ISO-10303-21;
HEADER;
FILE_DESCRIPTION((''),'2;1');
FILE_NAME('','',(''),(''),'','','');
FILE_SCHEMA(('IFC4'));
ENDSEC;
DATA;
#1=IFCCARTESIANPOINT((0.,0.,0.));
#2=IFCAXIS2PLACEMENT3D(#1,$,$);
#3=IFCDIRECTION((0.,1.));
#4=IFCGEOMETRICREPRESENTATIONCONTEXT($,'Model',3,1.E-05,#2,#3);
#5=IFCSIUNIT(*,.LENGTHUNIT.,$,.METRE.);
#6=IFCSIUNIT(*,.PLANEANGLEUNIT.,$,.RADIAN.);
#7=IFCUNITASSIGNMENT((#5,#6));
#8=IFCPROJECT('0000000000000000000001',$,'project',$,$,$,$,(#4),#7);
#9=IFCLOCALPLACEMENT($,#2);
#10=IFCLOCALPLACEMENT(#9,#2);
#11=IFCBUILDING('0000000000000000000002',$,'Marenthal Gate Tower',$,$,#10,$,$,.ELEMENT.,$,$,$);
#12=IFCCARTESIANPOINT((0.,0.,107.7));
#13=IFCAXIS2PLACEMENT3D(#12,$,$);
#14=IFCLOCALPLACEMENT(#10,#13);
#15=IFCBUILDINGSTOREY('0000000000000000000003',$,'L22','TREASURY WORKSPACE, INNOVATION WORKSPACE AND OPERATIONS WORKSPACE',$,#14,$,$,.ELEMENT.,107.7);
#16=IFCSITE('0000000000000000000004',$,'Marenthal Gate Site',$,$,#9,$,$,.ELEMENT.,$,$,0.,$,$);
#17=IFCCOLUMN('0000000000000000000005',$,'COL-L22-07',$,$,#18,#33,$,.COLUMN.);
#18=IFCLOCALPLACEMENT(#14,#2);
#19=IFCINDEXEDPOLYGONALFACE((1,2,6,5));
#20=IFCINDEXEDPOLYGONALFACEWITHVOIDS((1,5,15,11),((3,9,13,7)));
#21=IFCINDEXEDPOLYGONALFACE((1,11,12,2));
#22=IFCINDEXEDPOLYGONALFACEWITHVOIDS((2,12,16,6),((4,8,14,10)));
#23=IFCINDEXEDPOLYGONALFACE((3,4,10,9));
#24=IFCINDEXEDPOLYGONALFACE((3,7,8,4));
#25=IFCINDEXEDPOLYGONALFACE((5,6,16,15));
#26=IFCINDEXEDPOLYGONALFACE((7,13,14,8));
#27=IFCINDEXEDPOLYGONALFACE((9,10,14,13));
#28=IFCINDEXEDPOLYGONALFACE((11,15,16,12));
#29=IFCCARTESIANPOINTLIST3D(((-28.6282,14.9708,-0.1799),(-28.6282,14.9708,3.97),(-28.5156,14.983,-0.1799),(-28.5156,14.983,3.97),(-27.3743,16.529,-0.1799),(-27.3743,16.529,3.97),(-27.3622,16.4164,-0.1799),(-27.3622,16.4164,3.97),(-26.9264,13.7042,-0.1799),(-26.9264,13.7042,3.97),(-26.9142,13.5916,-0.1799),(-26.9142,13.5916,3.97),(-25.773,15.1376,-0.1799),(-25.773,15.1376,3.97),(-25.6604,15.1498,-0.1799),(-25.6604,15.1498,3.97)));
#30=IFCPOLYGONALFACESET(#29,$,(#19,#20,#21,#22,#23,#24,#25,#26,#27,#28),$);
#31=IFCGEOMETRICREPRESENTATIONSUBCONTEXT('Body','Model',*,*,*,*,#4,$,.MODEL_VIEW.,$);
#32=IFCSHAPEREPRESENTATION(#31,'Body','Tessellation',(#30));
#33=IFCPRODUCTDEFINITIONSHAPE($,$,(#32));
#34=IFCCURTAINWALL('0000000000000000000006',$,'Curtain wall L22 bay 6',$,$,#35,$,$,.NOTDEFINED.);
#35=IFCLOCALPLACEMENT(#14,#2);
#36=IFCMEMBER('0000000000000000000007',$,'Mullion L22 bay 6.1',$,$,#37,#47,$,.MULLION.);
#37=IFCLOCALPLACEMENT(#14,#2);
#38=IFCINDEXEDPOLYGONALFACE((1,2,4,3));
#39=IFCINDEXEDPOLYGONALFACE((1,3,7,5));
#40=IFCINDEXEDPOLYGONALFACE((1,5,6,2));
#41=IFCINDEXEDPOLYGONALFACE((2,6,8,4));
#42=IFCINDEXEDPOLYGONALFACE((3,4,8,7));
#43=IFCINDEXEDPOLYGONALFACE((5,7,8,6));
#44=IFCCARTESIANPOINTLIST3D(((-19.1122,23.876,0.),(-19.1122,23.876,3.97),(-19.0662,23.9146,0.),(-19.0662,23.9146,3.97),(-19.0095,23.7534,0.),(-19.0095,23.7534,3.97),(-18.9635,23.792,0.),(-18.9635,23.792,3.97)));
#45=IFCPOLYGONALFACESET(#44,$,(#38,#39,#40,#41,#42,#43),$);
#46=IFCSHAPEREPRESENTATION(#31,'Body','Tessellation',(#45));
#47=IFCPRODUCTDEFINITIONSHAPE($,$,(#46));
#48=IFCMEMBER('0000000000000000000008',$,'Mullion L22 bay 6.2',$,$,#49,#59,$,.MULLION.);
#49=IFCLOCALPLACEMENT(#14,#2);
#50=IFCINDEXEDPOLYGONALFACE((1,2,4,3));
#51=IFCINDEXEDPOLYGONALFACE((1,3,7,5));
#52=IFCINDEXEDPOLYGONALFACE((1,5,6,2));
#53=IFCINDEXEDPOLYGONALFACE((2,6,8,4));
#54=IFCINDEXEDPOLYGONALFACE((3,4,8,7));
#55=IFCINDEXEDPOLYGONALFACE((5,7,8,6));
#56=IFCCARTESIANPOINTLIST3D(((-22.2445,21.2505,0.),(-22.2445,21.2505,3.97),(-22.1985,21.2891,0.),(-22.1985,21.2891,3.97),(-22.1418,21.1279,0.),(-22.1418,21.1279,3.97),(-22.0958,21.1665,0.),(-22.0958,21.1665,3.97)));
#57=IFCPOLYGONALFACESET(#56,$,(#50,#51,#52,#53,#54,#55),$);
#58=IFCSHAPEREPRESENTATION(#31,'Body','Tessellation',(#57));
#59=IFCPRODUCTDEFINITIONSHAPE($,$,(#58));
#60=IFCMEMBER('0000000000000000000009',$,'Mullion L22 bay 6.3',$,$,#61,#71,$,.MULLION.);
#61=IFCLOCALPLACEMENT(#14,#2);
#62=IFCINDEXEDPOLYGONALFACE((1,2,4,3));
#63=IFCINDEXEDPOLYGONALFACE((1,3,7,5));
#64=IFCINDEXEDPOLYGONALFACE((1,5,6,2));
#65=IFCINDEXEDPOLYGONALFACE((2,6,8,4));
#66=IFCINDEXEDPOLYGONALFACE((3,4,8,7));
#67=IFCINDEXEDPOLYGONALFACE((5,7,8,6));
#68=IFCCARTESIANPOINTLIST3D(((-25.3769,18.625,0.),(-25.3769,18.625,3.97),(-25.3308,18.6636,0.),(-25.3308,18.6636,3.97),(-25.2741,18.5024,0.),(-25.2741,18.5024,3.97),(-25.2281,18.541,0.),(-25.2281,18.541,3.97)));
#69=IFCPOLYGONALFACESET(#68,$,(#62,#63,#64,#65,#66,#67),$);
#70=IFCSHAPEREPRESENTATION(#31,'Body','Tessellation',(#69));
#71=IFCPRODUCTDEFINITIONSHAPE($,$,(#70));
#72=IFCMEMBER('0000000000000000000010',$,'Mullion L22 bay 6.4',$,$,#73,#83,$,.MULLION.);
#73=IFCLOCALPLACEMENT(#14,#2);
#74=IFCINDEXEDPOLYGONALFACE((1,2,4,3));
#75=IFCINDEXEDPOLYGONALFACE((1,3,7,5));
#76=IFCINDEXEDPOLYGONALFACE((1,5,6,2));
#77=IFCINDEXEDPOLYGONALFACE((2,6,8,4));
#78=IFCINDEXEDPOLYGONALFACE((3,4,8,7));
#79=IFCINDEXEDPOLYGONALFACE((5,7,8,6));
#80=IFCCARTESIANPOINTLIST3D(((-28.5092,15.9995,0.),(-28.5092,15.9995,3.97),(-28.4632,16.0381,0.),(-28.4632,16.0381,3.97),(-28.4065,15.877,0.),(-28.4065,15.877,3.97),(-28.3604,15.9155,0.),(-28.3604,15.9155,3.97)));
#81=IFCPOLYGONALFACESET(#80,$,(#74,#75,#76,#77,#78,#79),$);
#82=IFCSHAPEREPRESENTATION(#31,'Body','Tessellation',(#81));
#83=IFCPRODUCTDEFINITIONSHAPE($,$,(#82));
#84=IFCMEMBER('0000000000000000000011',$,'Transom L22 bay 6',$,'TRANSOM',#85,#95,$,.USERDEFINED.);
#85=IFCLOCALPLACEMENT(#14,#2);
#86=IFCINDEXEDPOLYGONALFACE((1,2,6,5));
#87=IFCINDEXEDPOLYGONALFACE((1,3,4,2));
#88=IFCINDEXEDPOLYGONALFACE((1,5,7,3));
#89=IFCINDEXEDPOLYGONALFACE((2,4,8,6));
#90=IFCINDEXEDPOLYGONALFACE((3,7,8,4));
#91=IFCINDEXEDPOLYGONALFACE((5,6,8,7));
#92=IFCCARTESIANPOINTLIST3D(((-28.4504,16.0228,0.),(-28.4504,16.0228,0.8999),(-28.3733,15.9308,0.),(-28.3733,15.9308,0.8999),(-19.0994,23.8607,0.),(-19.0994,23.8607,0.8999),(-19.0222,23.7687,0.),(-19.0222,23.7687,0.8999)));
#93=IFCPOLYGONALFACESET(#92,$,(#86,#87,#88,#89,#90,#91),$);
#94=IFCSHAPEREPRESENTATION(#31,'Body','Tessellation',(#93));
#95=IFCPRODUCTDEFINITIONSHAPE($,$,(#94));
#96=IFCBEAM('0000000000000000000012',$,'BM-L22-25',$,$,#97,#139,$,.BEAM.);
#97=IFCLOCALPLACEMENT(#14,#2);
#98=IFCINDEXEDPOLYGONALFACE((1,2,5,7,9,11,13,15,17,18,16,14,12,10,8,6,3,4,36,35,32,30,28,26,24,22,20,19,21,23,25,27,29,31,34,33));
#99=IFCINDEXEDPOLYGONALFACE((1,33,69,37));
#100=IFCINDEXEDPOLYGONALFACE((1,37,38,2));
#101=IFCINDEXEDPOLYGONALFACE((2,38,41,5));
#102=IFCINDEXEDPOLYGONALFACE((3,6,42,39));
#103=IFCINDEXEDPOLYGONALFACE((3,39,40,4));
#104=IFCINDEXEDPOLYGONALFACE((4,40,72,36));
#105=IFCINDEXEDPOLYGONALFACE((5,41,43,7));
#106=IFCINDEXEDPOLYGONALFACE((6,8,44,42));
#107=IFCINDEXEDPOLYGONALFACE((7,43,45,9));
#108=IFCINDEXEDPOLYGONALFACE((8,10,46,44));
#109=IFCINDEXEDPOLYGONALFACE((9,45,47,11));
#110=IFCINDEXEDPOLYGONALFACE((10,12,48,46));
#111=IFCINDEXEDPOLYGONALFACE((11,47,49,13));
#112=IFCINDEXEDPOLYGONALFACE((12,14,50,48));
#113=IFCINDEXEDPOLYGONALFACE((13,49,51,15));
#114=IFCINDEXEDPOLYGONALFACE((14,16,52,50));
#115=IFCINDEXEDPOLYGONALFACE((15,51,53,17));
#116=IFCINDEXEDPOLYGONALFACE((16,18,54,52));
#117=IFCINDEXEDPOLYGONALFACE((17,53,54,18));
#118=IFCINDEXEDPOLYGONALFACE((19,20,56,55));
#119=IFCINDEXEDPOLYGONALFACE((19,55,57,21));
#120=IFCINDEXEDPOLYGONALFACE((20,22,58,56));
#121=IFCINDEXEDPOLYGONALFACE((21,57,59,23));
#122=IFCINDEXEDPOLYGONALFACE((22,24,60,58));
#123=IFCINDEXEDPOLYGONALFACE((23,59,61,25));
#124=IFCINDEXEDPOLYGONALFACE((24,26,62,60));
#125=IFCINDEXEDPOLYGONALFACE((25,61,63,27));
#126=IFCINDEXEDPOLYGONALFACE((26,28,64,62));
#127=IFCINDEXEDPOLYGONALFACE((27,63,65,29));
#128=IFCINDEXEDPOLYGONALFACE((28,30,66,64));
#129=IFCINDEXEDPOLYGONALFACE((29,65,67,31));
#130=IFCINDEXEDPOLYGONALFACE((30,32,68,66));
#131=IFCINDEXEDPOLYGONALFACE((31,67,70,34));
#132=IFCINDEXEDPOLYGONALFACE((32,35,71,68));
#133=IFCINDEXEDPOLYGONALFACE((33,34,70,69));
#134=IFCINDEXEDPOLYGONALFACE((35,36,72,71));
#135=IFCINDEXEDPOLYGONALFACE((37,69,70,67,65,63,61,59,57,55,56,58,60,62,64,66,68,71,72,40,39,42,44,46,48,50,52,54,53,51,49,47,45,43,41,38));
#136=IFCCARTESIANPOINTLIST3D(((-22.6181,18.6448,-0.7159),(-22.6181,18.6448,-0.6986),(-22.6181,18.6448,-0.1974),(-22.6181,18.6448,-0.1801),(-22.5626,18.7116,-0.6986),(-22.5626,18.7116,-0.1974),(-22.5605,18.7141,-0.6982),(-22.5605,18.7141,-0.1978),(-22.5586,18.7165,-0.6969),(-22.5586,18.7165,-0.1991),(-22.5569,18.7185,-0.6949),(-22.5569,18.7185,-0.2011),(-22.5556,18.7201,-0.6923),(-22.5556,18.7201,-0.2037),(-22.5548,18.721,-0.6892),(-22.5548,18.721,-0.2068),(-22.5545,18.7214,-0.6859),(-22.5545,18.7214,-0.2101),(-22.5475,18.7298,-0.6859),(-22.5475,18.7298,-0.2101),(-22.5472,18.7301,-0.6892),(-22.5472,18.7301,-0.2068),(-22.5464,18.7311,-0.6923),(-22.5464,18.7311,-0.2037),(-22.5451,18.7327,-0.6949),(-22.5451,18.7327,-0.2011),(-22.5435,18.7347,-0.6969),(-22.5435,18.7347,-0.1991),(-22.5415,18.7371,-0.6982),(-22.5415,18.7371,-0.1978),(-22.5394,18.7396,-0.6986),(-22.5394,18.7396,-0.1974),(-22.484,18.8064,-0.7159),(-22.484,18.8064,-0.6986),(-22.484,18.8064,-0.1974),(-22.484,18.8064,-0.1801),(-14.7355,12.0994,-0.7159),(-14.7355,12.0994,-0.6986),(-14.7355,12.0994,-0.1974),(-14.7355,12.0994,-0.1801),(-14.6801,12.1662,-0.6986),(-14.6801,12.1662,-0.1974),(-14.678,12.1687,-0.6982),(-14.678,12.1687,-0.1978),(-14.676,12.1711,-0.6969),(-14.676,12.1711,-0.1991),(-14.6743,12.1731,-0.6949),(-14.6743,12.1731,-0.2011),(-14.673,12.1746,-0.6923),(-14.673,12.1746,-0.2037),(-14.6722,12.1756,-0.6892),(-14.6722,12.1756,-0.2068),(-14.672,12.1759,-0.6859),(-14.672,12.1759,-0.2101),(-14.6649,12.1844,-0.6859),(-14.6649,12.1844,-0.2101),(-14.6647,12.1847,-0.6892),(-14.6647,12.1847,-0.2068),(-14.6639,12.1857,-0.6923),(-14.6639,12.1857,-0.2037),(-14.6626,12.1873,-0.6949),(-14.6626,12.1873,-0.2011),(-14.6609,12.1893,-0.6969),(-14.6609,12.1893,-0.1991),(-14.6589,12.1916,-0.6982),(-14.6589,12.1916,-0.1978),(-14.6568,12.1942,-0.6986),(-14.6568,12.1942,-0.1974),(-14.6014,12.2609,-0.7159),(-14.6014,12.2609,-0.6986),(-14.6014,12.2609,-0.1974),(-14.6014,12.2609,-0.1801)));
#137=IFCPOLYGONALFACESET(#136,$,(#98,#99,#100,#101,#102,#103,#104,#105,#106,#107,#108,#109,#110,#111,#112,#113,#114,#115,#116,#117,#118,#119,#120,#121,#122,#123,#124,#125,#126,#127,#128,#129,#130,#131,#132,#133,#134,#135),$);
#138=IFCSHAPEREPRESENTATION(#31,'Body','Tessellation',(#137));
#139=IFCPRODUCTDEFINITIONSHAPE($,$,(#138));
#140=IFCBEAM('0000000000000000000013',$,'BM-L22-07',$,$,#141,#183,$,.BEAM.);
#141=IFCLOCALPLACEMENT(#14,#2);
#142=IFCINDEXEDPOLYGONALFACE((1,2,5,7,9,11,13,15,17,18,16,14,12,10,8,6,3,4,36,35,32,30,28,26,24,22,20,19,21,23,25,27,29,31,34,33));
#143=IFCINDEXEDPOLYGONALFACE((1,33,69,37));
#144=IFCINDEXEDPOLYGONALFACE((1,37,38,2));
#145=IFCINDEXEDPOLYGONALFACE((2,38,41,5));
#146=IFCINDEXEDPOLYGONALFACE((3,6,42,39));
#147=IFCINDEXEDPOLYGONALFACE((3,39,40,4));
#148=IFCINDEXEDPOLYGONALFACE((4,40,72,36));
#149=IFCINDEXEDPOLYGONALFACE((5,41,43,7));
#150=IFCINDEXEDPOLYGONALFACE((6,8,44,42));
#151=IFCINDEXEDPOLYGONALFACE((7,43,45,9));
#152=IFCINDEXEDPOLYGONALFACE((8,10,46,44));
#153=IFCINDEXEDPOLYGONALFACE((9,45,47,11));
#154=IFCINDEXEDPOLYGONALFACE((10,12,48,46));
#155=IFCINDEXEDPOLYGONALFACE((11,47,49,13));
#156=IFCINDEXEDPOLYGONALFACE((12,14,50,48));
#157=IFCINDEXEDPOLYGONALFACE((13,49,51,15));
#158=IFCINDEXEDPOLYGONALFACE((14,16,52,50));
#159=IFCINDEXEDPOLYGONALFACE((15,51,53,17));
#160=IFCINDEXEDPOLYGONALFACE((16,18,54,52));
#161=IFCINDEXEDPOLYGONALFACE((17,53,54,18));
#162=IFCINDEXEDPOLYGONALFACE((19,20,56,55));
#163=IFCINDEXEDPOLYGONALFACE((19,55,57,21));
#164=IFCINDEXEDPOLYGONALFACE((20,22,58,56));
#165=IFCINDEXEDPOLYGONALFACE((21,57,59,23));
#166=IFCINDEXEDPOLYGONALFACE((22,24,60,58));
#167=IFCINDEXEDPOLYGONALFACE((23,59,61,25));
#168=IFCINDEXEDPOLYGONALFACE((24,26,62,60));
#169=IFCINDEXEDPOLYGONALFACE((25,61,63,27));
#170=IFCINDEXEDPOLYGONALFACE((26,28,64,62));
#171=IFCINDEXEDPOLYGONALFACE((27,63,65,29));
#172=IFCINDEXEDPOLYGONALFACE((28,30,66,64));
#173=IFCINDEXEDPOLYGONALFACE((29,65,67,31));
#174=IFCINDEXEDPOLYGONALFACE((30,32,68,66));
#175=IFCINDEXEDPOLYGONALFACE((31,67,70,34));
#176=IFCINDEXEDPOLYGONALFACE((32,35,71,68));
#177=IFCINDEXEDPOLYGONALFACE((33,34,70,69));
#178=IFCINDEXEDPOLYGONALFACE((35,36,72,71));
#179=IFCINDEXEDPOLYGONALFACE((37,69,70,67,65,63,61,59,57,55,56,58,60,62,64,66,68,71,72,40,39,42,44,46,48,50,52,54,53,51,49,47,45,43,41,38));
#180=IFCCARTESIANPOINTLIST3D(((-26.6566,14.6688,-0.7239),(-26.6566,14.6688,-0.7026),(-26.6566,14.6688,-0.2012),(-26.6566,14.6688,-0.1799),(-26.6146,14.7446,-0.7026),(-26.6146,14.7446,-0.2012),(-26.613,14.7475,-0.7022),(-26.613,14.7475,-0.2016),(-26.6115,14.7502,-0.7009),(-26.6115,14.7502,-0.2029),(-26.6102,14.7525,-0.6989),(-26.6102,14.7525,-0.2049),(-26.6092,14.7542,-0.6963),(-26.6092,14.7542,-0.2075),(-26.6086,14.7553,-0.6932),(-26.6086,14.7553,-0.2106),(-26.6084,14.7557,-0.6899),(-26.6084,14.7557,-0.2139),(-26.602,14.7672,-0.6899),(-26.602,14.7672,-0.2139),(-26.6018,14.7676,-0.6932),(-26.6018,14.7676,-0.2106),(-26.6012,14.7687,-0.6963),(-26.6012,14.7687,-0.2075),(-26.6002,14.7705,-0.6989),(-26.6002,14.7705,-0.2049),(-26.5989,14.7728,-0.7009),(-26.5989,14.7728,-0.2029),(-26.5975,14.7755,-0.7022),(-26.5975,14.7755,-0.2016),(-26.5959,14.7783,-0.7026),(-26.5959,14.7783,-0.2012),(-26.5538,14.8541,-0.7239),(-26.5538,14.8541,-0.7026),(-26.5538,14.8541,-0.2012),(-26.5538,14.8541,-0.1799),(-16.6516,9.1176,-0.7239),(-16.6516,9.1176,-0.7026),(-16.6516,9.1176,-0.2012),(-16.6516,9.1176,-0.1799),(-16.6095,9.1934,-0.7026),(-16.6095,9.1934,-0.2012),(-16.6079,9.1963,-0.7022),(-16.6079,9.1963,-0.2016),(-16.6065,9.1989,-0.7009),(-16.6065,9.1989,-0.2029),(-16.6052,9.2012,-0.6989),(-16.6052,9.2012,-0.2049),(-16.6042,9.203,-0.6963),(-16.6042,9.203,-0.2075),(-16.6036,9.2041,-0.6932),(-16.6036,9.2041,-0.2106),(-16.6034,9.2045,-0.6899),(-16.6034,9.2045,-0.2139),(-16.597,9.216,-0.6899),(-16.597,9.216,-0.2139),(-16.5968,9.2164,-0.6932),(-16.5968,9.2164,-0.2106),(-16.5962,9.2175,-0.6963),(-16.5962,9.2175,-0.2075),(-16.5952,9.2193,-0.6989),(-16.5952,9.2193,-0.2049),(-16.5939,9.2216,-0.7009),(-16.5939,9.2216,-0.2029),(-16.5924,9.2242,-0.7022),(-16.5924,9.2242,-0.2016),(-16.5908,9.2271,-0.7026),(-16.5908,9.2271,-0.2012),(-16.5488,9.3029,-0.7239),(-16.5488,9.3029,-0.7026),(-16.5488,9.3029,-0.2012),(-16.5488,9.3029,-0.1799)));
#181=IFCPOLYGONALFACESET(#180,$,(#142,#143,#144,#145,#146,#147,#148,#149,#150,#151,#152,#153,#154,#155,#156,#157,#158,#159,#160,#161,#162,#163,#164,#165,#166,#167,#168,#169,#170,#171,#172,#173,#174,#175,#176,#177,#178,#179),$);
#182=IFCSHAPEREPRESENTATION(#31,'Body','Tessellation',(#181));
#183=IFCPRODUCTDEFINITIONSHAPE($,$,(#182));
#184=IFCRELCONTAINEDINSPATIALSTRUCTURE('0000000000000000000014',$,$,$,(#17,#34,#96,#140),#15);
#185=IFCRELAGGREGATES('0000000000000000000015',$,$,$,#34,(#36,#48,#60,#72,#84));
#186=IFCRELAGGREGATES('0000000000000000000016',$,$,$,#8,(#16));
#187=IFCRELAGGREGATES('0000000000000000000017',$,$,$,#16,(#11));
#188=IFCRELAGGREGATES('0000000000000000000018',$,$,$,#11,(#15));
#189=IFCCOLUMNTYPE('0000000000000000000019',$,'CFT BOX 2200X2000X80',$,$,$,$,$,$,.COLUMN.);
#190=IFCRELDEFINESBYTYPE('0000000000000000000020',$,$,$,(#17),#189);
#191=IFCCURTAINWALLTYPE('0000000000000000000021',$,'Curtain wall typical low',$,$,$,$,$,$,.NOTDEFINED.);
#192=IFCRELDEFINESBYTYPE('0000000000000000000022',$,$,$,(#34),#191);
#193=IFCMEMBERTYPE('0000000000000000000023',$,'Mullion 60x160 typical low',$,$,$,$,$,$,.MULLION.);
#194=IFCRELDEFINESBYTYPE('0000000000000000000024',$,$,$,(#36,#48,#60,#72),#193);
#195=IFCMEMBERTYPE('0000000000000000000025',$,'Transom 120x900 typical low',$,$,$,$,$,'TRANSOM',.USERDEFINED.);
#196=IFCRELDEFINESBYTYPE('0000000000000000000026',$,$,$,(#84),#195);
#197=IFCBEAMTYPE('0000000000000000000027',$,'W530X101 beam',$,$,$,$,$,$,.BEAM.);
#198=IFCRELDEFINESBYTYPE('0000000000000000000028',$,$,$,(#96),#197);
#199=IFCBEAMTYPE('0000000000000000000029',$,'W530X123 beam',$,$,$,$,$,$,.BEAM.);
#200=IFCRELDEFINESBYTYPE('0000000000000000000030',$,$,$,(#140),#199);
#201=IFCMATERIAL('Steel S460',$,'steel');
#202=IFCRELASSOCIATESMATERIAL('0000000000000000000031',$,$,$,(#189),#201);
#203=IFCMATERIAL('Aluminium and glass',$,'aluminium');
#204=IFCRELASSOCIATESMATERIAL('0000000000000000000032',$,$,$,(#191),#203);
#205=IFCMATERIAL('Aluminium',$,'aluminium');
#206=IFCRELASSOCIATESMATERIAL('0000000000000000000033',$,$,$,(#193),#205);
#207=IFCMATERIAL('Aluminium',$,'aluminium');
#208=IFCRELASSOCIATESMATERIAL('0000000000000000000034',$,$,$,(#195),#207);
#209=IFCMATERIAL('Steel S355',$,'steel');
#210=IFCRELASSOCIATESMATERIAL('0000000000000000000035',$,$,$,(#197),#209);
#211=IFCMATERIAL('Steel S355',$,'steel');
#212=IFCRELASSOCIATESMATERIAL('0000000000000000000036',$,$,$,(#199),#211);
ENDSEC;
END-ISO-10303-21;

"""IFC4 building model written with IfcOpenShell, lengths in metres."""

from ifc_helpers import new_model, si_unit, direction, frame, origin, origin_2d, place, context, subcontext, project, spatial, rectangle, hollow_rectangle, i_section, extrude, material, material_profile, profile_set, type_object, element, aggregate, save


model = new_model("IFC4")

# Units and contexts
model_context = context("Model", 3, precision=1e-05, world=origin(), true_north=direction((0.0, 1.0)))
body_context = subcontext(model_context, "Body", "Model", "MODEL_VIEW")
ifc_project = project(units=[si_unit("LENGTHUNIT", "METRE"), si_unit("PLANEANGLEUNIT", "RADIAN")], contexts=[model_context])

# Site, building, storey
site_placement = place(None, origin())
site = spatial("IfcSite", under=ifc_project, at=site_placement, Name="Marenthal Gate Site", CompositionType="ELEMENT", RefElevation=0.0)
building_placement = place(site_placement, origin())
building = spatial("IfcBuilding", under=site, at=building_placement, Name="Marenthal Gate Tower", CompositionType="ELEMENT")
storey_placement = place(building_placement, frame((0.0, 0.0, 107.7)))
storey = spatial("IfcBuildingStorey", under=building, at=storey_placement, Name="L22", Description="TREASURY WORKSPACE, INNOVATION WORKSPACE AND OPERATIONS WORKSPACE", CompositionType="ELEMENT", Elevation=107.7)

# Column
ifc_material_1 = material(Name="Steel S460", Category="steel")
ifc_material_profile_1 = material_profile(ifc_material_1, hollow_rectangle(XDim=2.0, YDim=2.2, WallThickness=0.0801, at=origin_2d()), Name="CFT BOX 2200X2000X80")
ifc_material_2 = material(Name="Concrete 70 MPa", Category="concrete")
ifc_material_profile_2 = material_profile(ifc_material_2, rectangle(XDim=1.8401, YDim=2.04, at=origin_2d()), Name="CFT BOX 2200X2000X80 INFILL")
ifc_profile_set_1 = profile_set([ifc_material_profile_1, ifc_material_profile_2], Name="Steel S460 shell, Concrete 70 MPa infill")
column_type = type_object("IfcColumnType", Name="CFT BOX 2200X2000X80", PredefinedType="COLUMN", material=ifc_profile_set_1)
column_placement = place(storey_placement, frame((-27.1443, 15.0603, -0.1799), z_axis=(0.0, 0.0, 1.0), x_axis=(0.626918, 0.779085, 0.0)))
element("IfcColumn", 1, at=column_placement, inside=storey, type_object=column_type, Name="COL-L22-07", PredefinedType="COLUMN", context=body_context, shape_type="SweptSolid", body=[
    extrude(hollow_rectangle(XDim=2.0, YDim=2.2, WallThickness=0.0801, at=origin_2d()), origin(), (0.0, 0.0, 1.0), 4.1499),
])

# Curtain wall, members
ifc_material_3 = material(Name="Aluminium and glass", Category="aluminium")
curtain_wall_type = type_object("IfcCurtainWallType", Name="Curtain wall typical low", PredefinedType="NOTDEFINED", material=ifc_material_3)
curtain_wall_placement = place(storey_placement, origin())
curtain_wall = element("IfcCurtainWall", 2, at=curtain_wall_placement, inside=storey, type_object=curtain_wall_type, Name="Curtain wall L22 bay 6", PredefinedType="NOTDEFINED")
ifc_material_4 = material(Name="Aluminium", Category="aluminium")
ifc_material_profile_3 = material_profile(ifc_material_4, rectangle(XDim=0.1599, YDim=0.0601, at=origin_2d()), Name="60x160 aluminium mullion")
ifc_profile_set_2 = profile_set([ifc_material_profile_3], Name="Aluminium")
member_type_1 = type_object("IfcMemberType", Name="Mullion 60x160 typical low", PredefinedType="MULLION", material=ifc_profile_set_2)
member_1_placement = place(storey_placement, frame((-19.0378, 23.834, 0.0), z_axis=(0.0, 0.0, 1.0), x_axis=(0.642377, -0.766389, 0.0)))
member_1 = element("IfcMember", 3, at=member_1_placement, type_object=member_type_1, Name="Mullion L22 bay 6.1", PredefinedType="MULLION", context=body_context, shape_type="SweptSolid", body=[
    extrude(rectangle(XDim=0.1599, YDim=0.0601, at=origin_2d()), origin(), (0.0, 0.0, 1.0), 3.97),
])
member_2_placement = place(storey_placement, frame((-22.1702, 21.2085, 0.0), z_axis=(0.0, 0.0, 1.0), x_axis=(0.642377, -0.766389, 0.0)))
member_2 = element("IfcMember", 4, at=member_2_placement, type_object=member_type_1, Name="Mullion L22 bay 6.2", PredefinedType="MULLION", context=body_context, shape_type="SweptSolid", body=[
    extrude(rectangle(XDim=0.1599, YDim=0.0601, at=origin_2d()), origin(), (0.0, 0.0, 1.0), 3.97),
])
member_3_placement = place(storey_placement, frame((-25.3025, 18.583, 0.0), z_axis=(0.0, 0.0, 1.0), x_axis=(0.642377, -0.766389, 0.0)))
member_3 = element("IfcMember", 5, at=member_3_placement, type_object=member_type_1, Name="Mullion L22 bay 6.3", PredefinedType="MULLION", context=body_context, shape_type="SweptSolid", body=[
    extrude(rectangle(XDim=0.1599, YDim=0.0601, at=origin_2d()), origin(), (0.0, 0.0, 1.0), 3.97),
])
member_4_placement = place(storey_placement, frame((-28.4348, 15.9575, 0.0), z_axis=(0.0, 0.0, 1.0), x_axis=(0.642377, -0.766389, 0.0)))
member_4 = element("IfcMember", 6, at=member_4_placement, type_object=member_type_1, Name="Mullion L22 bay 6.4", PredefinedType="MULLION", context=body_context, shape_type="SweptSolid", body=[
    extrude(rectangle(XDim=0.1599, YDim=0.0601, at=origin_2d()), origin(), (0.0, 0.0, 1.0), 3.97),
])
ifc_material_5 = material(Name="Aluminium", Category="aluminium")
ifc_material_profile_4 = material_profile(ifc_material_5, rectangle(XDim=0.1201, YDim=0.8999, at=origin_2d()), Name="120x900 aluminium transom")
ifc_profile_set_3 = profile_set([ifc_material_profile_4], Name="Aluminium")
member_type_2 = type_object("IfcMemberType", Name="Transom 120x900 typical low", ElementType="TRANSOM", PredefinedType="USERDEFINED", material=ifc_profile_set_3)
member_5_placement = place(storey_placement, frame((-19.0608, 23.8147, 0.45), z_axis=(-0.766391, -0.642374, 0.0), x_axis=(0.642374, -0.766391, 0.0)))
member_5 = element("IfcMember", 7, at=member_5_placement, type_object=member_type_2, Name="Transom L22 bay 6", ObjectType="TRANSOM", PredefinedType="USERDEFINED", context=body_context, shape_type="SweptSolid", body=[
    extrude(rectangle(XDim=0.1201, YDim=0.8999, at=origin_2d()), origin(), (0.0, 0.0, 1.0), 12.2014),
])

# Beams
ifc_material_6 = material(Name="Steel S355", Category="steel")
ifc_material_profile_5 = material_profile(ifc_material_6, i_section(OverallWidth=0.21, OverallDepth=0.5359, WebThickness=0.011, FlangeThickness=0.0173, FilletRadius=0.0127, at=origin_2d()), Name="W530X101")
ifc_profile_set_4 = profile_set([ifc_material_profile_5], Name="Steel S355")
beam_type_1 = type_object("IfcBeamType", Name="W530X101 beam", PredefinedType="BEAM", material=ifc_profile_set_4)
beam_1_placement = place(storey_placement, frame((-22.551, 18.7256, -0.448), z_axis=(0.769343, -0.638836, 0.0), x_axis=(0.638836, 0.769343, 0.0)))
element("IfcBeam", 8, at=beam_1_placement, inside=storey, type_object=beam_type_1, Name="BM-L22-25", PredefinedType="BEAM", context=body_context, shape_type="SweptSolid", body=[
    extrude(i_section(OverallWidth=0.21, OverallDepth=0.5359, WebThickness=0.011, FlangeThickness=0.0173, FilletRadius=0.0127, at=origin_2d()), origin(), (0.0, 0.0, 1.0), 10.2458),
])
ifc_material_7 = material(Name="Steel S355", Category="steel")
ifc_material_profile_6 = material_profile(ifc_material_7, i_section(OverallWidth=0.2119, OverallDepth=0.5439, WebThickness=0.0132, FlangeThickness=0.0212, FilletRadius=0.0127, at=origin_2d()), Name="W530X123")
ifc_profile_set_5 = profile_set([ifc_material_profile_6], Name="Steel S355")
beam_type_2 = type_object("IfcBeamType", Name="W530X123 beam", PredefinedType="BEAM", material=ifc_profile_set_5)
beam_2_placement = place(storey_placement, frame((-26.6052, 14.7615, -0.4519), z_axis=(0.874422, -0.485166, 0.0), x_axis=(0.485166, 0.874422, 0.0)))
element("IfcBeam", 9, at=beam_2_placement, inside=storey, type_object=beam_type_2, Name="BM-L22-07", PredefinedType="BEAM", context=body_context, shape_type="SweptSolid", body=[
    extrude(i_section(OverallWidth=0.2119, OverallDepth=0.5439, WebThickness=0.0132, FlangeThickness=0.0212, FilletRadius=0.0127, at=origin_2d()), origin(), (0.0, 0.0, 1.0), 11.4419),
])

aggregate(curtain_wall, [member_1, member_2, member_3, member_4, member_5])

save(model, "model.ifc")
